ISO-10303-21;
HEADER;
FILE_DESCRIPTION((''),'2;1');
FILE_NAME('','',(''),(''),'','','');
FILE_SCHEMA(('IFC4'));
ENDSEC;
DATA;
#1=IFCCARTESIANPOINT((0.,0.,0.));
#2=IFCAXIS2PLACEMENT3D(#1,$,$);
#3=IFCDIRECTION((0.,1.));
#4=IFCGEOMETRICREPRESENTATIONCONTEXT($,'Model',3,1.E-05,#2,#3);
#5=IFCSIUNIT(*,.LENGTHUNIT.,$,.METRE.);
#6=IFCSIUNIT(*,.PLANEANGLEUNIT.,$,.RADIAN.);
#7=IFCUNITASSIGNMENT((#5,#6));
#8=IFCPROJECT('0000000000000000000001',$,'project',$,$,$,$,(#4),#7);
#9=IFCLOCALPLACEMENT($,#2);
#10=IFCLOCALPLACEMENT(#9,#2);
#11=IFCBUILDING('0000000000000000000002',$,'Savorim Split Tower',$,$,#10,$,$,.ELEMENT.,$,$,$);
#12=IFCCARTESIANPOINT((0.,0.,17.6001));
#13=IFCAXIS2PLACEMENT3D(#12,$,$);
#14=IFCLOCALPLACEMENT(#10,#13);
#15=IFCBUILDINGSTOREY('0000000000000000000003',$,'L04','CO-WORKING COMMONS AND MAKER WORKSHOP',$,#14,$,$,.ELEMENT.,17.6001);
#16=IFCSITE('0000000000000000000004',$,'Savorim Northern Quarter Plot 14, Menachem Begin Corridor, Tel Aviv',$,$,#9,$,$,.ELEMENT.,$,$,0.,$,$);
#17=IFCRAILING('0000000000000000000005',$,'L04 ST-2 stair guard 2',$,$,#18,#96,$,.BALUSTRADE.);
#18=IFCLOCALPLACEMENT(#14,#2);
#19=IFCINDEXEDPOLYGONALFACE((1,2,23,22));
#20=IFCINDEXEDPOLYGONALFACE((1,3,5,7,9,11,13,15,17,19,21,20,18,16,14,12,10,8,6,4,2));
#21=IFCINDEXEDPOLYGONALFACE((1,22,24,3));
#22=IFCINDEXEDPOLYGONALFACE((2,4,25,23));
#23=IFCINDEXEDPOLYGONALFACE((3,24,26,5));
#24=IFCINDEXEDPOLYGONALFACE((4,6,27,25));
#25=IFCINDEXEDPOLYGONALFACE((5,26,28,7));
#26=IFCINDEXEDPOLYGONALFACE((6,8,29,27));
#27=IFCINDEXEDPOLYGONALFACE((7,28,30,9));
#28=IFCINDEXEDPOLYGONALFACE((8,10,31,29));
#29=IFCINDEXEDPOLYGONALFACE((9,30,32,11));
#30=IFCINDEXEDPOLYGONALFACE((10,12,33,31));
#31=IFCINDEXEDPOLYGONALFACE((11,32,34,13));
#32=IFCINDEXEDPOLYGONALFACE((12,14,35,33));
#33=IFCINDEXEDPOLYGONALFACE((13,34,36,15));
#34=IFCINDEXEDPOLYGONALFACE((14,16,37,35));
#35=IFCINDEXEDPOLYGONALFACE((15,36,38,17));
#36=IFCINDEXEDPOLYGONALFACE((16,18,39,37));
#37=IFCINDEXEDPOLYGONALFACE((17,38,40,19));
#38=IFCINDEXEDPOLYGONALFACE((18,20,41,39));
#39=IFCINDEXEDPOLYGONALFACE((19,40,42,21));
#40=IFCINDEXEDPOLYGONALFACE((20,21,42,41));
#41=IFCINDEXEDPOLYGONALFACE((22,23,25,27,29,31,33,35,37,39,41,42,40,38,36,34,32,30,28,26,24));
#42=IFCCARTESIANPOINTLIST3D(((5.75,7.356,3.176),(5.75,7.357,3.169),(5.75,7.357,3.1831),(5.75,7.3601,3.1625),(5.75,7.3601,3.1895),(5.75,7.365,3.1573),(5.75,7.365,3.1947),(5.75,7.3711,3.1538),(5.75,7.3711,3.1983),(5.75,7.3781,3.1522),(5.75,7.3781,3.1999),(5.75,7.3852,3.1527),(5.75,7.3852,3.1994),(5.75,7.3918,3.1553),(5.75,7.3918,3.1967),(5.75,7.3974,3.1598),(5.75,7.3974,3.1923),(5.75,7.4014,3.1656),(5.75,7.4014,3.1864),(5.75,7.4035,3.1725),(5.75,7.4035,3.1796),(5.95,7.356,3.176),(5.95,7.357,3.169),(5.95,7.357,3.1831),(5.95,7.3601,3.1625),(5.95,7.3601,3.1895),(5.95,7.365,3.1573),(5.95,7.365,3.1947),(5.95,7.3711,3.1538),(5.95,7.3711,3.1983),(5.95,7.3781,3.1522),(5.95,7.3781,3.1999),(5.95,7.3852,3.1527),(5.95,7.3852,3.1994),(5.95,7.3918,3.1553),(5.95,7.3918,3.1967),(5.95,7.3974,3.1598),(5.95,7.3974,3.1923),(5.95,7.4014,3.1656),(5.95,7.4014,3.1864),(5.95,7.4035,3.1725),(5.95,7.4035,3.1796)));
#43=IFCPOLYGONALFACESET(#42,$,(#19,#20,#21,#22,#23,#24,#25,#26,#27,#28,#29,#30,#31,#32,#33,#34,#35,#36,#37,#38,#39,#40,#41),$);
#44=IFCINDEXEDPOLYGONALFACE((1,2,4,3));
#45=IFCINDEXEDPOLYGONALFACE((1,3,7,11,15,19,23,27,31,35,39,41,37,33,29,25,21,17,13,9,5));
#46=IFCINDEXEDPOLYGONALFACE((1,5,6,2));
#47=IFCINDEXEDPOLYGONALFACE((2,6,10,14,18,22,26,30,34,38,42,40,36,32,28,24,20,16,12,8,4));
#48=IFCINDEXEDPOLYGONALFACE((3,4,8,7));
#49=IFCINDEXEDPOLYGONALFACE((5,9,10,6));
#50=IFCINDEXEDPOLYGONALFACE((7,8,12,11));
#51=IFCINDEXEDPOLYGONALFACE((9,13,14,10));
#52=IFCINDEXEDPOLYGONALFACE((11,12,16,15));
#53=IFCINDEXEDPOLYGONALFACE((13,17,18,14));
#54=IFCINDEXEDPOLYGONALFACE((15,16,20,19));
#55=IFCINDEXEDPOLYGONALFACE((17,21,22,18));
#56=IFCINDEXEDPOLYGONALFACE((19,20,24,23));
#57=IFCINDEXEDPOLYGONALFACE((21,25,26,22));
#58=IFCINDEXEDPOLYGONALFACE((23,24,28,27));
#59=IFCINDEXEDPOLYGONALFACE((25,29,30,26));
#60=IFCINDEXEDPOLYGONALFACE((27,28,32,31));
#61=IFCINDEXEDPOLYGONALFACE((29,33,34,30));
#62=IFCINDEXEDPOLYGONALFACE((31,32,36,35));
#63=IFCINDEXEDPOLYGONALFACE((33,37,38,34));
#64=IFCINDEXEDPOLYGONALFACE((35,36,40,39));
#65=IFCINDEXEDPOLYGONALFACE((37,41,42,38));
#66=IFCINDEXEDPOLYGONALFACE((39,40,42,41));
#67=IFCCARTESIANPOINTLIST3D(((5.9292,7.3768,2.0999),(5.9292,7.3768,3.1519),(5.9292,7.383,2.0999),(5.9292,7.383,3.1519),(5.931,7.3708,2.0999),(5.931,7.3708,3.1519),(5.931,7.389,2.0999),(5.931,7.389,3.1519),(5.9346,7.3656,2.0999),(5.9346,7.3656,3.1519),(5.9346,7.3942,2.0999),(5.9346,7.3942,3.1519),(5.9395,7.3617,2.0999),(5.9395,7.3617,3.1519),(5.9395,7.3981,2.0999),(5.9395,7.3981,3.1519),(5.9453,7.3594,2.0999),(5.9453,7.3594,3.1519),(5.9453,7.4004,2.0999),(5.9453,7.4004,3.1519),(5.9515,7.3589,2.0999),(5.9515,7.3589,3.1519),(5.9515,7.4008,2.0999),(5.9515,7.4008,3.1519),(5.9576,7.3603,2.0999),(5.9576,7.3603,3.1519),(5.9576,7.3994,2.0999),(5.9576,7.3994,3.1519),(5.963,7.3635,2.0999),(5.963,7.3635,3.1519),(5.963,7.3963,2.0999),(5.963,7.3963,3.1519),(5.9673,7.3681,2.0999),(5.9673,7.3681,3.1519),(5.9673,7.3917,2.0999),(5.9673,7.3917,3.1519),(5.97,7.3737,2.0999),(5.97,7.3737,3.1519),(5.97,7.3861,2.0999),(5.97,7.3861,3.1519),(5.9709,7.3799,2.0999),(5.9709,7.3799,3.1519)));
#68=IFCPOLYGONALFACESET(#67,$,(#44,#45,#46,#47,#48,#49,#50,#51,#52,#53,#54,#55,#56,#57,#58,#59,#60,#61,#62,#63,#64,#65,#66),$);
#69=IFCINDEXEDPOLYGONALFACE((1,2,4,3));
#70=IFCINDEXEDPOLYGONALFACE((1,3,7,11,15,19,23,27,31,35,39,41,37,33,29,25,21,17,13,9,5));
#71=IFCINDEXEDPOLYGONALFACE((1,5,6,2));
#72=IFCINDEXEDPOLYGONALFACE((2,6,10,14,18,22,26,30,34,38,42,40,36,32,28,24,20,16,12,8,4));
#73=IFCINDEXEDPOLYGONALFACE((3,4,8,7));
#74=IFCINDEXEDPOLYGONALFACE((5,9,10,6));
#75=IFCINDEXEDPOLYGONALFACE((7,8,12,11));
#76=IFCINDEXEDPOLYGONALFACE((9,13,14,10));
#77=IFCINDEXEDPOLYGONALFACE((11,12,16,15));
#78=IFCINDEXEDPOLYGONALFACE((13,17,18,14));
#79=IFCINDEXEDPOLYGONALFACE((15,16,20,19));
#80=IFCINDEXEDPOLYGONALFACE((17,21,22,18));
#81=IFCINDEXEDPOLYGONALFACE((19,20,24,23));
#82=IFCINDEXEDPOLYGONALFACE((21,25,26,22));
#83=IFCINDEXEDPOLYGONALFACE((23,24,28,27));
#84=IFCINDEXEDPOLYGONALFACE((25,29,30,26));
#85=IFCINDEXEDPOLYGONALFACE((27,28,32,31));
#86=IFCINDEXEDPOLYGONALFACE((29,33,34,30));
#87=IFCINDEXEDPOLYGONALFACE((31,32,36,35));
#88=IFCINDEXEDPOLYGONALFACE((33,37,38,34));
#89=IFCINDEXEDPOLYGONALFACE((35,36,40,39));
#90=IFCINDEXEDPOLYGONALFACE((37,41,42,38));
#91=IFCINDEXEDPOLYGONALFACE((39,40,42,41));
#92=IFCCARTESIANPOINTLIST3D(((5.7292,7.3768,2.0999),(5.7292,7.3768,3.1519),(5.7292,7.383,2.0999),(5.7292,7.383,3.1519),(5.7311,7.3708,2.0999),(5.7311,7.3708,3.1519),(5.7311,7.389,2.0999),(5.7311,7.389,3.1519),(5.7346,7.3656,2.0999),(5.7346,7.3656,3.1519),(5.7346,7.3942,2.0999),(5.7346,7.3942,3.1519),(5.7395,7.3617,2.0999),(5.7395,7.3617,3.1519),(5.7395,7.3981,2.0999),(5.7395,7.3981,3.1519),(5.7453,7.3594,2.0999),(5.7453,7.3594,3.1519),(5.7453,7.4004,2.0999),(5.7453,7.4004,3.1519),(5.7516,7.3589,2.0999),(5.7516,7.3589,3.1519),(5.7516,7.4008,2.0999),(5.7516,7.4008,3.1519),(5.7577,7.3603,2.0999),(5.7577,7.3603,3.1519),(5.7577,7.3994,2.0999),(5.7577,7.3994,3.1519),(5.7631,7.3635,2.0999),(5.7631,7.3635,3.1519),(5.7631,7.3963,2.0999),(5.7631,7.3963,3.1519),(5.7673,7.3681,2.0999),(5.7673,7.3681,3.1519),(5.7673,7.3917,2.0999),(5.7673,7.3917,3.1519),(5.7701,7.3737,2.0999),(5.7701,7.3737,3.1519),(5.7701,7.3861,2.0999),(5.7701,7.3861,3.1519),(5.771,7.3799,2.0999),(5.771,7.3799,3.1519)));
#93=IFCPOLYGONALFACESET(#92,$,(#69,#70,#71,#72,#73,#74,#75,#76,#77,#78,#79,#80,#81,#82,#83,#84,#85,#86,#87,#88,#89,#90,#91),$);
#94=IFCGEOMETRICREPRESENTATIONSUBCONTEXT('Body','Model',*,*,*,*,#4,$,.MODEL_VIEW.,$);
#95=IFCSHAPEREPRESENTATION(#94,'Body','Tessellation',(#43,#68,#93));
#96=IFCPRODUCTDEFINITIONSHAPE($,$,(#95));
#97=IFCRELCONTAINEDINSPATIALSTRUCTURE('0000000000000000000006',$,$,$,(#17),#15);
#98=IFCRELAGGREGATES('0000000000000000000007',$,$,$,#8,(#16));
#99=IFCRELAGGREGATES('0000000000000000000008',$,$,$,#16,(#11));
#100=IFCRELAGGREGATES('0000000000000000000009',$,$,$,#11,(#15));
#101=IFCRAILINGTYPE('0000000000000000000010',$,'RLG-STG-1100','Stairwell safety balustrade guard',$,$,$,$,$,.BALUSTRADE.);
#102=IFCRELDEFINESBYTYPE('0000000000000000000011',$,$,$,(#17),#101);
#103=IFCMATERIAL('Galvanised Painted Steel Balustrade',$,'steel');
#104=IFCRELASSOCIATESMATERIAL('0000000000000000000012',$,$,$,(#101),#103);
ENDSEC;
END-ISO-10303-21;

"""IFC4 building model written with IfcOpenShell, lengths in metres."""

from ifc_helpers import new_model, si_unit, direction, frame, origin, origin_2d, place, context, subcontext, project, spatial, circle, extrude, material, type_object, element, save


model = new_model("IFC4")

# Units and contexts
model_context = context("Model", 3, precision=1e-05, world=origin(), true_north=direction((0.0, 1.0)))
body_context = subcontext(model_context, "Body", "Model", "MODEL_VIEW")
ifc_project = project(units=[si_unit("LENGTHUNIT", "METRE"), si_unit("PLANEANGLEUNIT", "RADIAN")], contexts=[model_context])

# Site, building, storey
site_placement = place(None, origin())
site = spatial("IfcSite", under=ifc_project, at=site_placement, Name="Savorim Northern Quarter Plot 14, Menachem Begin Corridor, Tel Aviv", CompositionType="ELEMENT", RefElevation=0.0)
building_placement = place(site_placement, origin())
building = spatial("IfcBuilding", under=site, at=building_placement, Name="Savorim Split Tower", CompositionType="ELEMENT")
storey_placement = place(building_placement, frame((0.0, 0.0, 17.6001)))
storey = spatial("IfcBuildingStorey", under=building, at=storey_placement, Name="L04", Description="CO-WORKING COMMONS AND MAKER WORKSHOP", CompositionType="ELEMENT", Elevation=17.6001)

# Railing
ifc_material_1 = material(Name="Galvanised Painted Steel Balustrade", Category="steel")
railing_type_1 = type_object("IfcRailingType", Name="RLG-STG-1100", Description="Stairwell safety balustrade guard", PredefinedType="BALUSTRADE", material=ifc_material_1)
railing_1_placement = place(storey_placement, frame((5.95, 7.3799, 2.0999)))
element("IfcRailing", 1, at=railing_1_placement, inside=storey, type_object=railing_type_1, Name="L04 ST-2 stair guard 2", PredefinedType="BALUSTRADE", context=body_context, shape_type="SweptSolid", body=[
    extrude(circle(Radius=0.0239, at=origin_2d()), frame((0.0, 0.0, 1.0762), z_axis=(-1.0, 0.0, 0.0), x_axis=(0.0, -1.0, 0.0)), (0.0, 0.0, 1.0), 0.2),
    extrude(circle(Radius=0.021, at=origin_2d()), origin(), (0.0, 0.0, 1.0), 1.052),
    extrude(circle(Radius=0.021, at=origin_2d()), frame((-0.2, 0.0, 0.0)), (0.0, 0.0, 1.0), 1.052),
])

save(model, "model.ifc")
